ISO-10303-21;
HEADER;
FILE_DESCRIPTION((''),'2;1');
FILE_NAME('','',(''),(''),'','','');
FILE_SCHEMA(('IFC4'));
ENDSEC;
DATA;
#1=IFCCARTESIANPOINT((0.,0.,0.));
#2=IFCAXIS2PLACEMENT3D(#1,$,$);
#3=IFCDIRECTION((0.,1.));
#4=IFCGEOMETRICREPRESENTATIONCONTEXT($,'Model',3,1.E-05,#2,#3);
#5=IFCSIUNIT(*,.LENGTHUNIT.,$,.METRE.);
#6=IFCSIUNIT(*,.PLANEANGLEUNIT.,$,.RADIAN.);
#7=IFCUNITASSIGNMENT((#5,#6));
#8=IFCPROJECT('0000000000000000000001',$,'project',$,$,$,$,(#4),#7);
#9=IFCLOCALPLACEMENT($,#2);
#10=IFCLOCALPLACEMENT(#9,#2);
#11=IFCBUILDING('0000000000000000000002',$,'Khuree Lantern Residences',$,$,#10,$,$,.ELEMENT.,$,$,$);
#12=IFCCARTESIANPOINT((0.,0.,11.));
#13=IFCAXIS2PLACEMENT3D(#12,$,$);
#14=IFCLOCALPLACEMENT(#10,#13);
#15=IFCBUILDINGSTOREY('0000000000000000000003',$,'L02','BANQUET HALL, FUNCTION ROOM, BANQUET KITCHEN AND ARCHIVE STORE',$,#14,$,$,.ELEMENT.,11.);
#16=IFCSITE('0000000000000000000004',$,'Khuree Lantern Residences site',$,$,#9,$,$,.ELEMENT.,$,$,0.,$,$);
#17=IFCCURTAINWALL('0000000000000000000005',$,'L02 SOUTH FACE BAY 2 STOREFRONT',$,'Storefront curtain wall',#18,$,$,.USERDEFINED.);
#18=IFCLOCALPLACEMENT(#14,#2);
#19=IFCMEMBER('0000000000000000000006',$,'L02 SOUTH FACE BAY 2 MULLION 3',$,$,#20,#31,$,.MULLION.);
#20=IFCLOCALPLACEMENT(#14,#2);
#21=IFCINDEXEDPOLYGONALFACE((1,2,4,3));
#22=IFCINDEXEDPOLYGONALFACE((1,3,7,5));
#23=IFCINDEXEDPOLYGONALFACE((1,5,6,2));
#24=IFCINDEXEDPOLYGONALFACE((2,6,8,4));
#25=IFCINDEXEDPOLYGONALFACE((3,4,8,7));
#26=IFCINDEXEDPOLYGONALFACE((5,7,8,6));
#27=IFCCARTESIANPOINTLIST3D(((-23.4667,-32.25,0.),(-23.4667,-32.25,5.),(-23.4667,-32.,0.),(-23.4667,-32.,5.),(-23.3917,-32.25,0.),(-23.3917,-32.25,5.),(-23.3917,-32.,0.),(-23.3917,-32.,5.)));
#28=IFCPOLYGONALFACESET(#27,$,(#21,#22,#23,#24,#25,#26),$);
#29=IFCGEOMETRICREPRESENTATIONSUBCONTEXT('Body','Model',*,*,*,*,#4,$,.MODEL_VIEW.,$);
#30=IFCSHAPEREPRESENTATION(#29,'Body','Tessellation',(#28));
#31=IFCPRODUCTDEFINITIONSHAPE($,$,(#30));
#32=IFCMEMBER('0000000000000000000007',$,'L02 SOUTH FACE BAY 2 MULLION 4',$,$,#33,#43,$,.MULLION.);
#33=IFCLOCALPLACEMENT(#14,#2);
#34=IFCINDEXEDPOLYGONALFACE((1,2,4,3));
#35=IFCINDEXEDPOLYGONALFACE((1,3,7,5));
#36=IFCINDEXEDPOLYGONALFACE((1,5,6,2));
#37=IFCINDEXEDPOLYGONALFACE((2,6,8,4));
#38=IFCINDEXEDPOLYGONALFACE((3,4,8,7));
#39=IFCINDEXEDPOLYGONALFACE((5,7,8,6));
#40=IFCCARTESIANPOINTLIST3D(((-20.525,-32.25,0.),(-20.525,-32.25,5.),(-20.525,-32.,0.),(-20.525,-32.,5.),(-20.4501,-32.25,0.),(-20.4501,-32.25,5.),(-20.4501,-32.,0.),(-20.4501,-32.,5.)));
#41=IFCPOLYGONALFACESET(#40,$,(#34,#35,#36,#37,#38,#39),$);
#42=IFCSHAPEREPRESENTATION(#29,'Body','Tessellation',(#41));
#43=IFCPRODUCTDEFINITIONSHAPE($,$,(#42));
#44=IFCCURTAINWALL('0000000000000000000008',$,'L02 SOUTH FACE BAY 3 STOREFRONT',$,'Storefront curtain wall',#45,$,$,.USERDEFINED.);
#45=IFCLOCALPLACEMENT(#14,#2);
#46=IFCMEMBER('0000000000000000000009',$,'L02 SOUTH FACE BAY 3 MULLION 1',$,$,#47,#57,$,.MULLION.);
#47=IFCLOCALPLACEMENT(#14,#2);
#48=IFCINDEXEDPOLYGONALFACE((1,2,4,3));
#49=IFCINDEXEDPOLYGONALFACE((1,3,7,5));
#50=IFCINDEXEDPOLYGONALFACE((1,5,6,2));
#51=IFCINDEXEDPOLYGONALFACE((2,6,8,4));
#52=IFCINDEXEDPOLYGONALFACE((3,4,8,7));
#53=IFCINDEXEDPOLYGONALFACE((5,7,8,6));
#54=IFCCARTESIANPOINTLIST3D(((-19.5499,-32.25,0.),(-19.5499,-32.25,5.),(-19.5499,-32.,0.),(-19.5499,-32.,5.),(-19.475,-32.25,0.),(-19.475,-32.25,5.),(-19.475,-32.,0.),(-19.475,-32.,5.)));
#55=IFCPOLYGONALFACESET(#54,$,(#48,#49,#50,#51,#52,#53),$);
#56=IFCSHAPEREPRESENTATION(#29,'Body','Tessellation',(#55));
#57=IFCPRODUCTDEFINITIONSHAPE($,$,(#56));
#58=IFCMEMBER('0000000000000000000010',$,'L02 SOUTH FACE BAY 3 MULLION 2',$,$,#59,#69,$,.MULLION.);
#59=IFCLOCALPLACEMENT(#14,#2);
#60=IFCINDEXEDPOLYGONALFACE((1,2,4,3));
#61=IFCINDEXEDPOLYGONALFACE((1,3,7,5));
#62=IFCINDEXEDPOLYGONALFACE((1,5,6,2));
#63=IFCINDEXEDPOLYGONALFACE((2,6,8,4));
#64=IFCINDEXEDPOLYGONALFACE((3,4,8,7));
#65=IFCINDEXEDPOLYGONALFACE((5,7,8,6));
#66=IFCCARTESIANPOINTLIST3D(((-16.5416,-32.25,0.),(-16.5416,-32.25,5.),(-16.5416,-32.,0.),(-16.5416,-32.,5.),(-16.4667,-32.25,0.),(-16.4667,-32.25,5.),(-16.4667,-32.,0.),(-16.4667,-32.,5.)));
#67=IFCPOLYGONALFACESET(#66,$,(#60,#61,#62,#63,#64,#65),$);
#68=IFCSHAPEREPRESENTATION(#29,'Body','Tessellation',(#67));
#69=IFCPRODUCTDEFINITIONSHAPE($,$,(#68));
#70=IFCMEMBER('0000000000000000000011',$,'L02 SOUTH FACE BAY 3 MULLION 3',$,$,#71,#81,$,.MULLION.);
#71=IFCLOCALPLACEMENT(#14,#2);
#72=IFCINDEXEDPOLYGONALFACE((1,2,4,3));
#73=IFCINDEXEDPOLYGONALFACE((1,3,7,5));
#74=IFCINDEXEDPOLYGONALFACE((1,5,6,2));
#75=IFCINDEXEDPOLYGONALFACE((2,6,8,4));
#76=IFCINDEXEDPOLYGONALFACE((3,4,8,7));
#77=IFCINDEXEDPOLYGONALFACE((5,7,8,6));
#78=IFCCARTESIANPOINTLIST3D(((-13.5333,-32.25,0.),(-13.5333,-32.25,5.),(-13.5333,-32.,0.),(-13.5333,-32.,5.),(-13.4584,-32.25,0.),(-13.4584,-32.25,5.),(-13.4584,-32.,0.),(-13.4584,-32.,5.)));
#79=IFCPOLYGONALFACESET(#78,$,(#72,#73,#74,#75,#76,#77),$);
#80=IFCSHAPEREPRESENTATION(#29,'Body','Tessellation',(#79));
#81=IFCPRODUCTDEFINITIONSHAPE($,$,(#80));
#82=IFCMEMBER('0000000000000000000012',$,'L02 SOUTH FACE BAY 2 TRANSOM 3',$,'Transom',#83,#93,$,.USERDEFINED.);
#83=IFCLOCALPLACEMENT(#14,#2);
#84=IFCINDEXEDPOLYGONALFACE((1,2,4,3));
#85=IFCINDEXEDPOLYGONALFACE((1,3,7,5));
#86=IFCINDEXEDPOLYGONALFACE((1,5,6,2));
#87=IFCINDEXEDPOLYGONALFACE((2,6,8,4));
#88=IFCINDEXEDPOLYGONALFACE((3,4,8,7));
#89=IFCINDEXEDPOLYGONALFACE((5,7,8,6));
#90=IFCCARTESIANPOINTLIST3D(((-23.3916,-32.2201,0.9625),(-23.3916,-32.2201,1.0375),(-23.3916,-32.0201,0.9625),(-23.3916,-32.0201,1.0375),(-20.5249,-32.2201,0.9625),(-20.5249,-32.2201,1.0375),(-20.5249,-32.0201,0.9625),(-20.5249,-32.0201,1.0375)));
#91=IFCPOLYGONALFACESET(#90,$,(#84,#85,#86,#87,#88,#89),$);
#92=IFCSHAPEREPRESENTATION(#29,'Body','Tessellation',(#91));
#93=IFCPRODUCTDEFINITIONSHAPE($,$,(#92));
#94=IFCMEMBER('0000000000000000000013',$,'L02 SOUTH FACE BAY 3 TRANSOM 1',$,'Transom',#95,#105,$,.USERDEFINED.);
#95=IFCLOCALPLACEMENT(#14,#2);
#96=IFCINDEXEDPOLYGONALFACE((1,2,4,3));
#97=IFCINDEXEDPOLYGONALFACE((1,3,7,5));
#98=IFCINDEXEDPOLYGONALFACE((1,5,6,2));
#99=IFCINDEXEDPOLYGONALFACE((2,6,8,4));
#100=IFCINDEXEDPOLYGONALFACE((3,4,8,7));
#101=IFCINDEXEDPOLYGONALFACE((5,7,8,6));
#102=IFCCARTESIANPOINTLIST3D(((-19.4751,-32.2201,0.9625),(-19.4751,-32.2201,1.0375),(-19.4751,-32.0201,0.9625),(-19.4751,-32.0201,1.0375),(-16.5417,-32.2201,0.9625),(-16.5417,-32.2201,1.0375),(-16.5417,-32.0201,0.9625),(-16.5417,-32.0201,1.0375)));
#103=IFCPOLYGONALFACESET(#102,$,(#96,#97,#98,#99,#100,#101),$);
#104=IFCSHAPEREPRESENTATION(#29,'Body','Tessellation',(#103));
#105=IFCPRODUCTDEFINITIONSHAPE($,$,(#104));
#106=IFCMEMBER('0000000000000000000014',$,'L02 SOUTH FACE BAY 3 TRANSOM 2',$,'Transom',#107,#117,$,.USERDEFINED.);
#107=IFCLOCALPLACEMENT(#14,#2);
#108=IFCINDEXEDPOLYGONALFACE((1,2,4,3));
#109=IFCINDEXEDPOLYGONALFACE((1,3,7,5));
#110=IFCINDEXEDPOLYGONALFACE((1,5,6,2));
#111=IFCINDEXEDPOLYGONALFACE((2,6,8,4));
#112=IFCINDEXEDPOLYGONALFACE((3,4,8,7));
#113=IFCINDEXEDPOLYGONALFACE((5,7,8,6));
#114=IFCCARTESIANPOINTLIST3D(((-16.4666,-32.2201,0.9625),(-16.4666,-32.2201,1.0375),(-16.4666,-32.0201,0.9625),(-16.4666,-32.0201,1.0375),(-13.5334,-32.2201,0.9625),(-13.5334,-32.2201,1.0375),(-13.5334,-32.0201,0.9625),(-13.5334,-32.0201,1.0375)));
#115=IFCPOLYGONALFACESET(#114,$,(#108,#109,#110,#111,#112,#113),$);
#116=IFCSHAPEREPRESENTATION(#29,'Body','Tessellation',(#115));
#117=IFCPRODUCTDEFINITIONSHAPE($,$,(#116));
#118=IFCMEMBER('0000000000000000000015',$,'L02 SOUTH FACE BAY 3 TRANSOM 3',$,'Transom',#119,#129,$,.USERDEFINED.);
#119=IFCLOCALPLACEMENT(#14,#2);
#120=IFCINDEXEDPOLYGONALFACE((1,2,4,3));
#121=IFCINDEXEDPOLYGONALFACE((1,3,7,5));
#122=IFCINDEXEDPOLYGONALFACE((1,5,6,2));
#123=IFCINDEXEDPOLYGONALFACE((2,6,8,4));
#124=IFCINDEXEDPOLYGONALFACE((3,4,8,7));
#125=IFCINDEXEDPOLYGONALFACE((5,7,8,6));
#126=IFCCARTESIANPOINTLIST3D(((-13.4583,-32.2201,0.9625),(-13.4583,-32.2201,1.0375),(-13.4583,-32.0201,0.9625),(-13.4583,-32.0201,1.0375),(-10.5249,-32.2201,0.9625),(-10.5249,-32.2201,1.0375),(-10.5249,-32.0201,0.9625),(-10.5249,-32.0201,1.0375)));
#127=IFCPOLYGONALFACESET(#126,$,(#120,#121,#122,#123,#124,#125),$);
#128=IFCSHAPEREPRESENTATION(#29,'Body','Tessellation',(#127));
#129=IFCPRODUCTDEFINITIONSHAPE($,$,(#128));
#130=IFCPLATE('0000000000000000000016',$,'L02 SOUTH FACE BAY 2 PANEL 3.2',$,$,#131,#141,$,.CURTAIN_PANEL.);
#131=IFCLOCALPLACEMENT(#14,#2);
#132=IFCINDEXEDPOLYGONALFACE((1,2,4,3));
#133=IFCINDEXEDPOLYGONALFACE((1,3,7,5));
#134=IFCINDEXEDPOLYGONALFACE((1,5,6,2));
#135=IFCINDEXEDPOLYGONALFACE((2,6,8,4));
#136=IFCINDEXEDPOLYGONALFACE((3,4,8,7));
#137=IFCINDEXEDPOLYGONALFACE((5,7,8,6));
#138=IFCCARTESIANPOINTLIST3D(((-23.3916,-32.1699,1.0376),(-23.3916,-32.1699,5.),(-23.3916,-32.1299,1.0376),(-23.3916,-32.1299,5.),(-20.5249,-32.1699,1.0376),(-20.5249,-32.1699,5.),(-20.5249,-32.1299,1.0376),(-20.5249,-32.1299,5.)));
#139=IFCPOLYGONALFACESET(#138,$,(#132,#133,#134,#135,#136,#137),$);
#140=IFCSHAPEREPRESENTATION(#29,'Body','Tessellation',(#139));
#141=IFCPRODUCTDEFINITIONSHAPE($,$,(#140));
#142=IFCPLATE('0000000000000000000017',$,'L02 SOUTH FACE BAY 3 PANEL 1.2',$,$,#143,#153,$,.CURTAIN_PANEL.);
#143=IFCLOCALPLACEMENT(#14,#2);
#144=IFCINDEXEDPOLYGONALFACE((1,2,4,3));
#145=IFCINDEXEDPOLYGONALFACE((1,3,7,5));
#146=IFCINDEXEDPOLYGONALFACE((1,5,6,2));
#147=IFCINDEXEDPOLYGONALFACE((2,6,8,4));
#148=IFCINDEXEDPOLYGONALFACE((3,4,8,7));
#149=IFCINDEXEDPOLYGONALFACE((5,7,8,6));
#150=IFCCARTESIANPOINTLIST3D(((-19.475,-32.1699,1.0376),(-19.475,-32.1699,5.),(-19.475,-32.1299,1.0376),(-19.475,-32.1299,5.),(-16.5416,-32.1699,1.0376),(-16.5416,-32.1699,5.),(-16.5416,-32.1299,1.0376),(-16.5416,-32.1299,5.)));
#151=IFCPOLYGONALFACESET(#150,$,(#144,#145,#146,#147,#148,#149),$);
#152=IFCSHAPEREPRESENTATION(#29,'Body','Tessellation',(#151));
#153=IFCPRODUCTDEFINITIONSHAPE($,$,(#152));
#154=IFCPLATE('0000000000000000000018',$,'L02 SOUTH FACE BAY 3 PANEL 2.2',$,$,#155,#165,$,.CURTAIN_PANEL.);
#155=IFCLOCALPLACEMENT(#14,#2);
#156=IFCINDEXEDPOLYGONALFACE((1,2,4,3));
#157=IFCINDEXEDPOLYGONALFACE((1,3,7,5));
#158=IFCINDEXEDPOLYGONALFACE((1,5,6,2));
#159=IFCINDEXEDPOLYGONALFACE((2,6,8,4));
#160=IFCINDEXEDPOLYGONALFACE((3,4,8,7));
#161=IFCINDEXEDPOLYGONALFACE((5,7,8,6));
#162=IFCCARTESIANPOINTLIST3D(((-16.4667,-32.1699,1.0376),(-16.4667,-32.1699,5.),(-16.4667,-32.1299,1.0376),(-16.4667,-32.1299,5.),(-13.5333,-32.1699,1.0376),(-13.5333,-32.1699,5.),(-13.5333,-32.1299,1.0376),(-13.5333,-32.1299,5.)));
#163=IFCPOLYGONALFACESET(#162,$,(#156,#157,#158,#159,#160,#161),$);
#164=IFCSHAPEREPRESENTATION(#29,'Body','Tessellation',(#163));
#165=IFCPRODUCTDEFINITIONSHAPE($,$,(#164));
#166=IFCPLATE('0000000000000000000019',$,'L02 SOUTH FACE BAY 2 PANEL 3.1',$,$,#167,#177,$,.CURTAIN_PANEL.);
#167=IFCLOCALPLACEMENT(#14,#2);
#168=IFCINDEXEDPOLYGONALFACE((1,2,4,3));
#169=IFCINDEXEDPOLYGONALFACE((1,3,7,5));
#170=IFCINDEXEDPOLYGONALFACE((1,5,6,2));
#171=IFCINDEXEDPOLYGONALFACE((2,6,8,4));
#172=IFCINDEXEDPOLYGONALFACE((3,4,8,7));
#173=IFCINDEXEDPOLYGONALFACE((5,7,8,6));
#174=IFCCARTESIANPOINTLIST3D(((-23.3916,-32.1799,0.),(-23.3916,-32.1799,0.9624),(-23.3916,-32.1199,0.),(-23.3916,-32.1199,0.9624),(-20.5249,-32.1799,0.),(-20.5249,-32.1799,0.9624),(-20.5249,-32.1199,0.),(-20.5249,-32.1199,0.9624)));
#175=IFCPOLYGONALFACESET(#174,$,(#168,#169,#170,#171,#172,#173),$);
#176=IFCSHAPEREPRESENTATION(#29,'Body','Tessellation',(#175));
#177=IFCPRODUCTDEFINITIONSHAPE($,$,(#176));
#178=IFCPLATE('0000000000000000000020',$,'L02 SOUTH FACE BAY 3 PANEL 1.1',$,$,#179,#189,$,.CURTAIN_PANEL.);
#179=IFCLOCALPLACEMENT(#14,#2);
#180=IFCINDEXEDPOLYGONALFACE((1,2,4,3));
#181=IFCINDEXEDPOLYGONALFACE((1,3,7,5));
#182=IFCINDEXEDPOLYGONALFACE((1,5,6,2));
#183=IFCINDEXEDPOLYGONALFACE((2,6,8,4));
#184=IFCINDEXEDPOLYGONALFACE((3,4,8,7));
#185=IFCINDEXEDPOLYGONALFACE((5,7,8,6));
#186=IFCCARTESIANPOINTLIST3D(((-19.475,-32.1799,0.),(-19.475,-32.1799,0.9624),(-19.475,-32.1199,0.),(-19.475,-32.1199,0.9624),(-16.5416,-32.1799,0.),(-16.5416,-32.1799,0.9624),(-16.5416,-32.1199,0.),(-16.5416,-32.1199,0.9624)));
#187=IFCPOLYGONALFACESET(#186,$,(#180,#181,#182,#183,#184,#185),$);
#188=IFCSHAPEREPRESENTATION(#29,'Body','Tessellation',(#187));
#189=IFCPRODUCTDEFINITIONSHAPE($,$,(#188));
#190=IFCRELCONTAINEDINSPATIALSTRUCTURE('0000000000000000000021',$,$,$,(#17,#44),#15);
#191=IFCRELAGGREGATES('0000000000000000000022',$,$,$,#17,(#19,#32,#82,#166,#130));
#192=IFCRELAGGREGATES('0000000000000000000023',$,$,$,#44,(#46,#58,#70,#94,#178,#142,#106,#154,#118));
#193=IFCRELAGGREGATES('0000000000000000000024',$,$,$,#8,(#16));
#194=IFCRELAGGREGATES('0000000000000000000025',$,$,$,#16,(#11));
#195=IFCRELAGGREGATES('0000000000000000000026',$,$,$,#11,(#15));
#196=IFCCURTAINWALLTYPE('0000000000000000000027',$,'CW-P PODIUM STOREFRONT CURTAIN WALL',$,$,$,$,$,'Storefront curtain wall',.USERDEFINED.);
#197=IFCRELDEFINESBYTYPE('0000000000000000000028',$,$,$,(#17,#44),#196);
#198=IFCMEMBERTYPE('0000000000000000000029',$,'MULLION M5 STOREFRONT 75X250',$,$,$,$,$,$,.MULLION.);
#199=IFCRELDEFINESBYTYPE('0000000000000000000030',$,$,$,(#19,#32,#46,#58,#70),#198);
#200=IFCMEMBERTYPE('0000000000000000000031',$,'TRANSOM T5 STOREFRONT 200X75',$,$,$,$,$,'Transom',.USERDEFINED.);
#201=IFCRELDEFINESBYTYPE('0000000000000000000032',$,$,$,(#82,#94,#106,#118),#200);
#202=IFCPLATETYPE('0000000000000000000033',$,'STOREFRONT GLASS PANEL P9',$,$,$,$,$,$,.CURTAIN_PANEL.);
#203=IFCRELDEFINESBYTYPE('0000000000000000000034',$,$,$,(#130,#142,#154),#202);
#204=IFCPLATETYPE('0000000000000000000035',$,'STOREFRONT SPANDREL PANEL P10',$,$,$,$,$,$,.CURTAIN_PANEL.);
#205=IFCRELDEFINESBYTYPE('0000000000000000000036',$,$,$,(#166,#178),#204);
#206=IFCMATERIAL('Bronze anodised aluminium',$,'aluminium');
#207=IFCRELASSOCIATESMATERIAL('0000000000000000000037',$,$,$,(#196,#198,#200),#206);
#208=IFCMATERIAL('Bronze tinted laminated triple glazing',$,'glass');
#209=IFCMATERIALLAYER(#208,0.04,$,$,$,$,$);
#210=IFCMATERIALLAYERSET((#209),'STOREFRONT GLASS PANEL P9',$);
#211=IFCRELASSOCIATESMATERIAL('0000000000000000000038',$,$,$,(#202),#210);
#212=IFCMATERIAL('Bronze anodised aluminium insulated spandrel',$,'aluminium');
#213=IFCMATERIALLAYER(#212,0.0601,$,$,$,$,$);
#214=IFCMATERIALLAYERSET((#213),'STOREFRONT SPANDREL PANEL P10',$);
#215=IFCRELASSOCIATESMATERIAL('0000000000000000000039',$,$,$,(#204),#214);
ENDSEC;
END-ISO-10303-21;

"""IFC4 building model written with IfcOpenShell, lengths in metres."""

from ifc_helpers import new_model, si_unit, direction, frame, origin, origin_2d, place, context, subcontext, project, spatial, rectangle, extrude, material, layer, layer_set, material_profile, profile_set, type_object, element, aggregate, save


model = new_model("IFC4")

# Units and contexts
model_context = context("Model", 3, precision=1e-05, world=origin(), true_north=direction((0.0, 1.0)))
body_context = subcontext(model_context, "Body", "Model", "MODEL_VIEW")
ifc_project = project(units=[si_unit("LENGTHUNIT", "METRE"), si_unit("PLANEANGLEUNIT", "RADIAN")], contexts=[model_context])

# Site, building, storey
site_placement = place(None, origin())
site = spatial("IfcSite", under=ifc_project, at=site_placement, Name="Khuree Lantern Residences site", CompositionType="ELEMENT", RefElevation=0.0)
building_placement = place(site_placement, origin())
building = spatial("IfcBuilding", under=site, at=building_placement, Name="Khuree Lantern Residences", CompositionType="ELEMENT")
storey_placement = place(building_placement, frame((0.0, 0.0, 11.0)))
storey = spatial("IfcBuildingStorey", under=building, at=storey_placement, Name="L02", Description="BANQUET HALL, FUNCTION ROOM, BANQUET KITCHEN AND ARCHIVE STORE", CompositionType="ELEMENT", Elevation=11.0)

# Curtain walls, members
ifc_material_1 = material(Name="Bronze anodised aluminium", Category="aluminium")
curtain_wall_type = type_object("IfcCurtainWallType", Name="CW-P PODIUM STOREFRONT CURTAIN WALL", ElementType="Storefront curtain wall", PredefinedType="USERDEFINED", material=ifc_material_1)
curtain_wall_1_placement = place(storey_placement, origin())
curtain_wall_1 = element("IfcCurtainWall", 1, at=curtain_wall_1_placement, inside=storey, type_object=curtain_wall_type, Name="L02 SOUTH FACE BAY 2 STOREFRONT", ObjectType="Storefront curtain wall", PredefinedType="USERDEFINED")
ifc_material_profile_1 = material_profile(ifc_material_1, rectangle(XDim=0.075, YDim=0.25, at=origin_2d()), Name="M5 75X250")
ifc_profile_set_1 = profile_set([ifc_material_profile_1], Name="Bronze anodised aluminium")
member_type_1 = type_object("IfcMemberType", Name="MULLION M5 STOREFRONT 75X250", PredefinedType="MULLION", material=ifc_profile_set_1)
member_1_placement = place(storey_placement, frame((-23.4292, -32.125, 0.0), z_axis=(0.0, 0.0, 1.0), x_axis=(1.0, 0.0, 0.0)))
member_1 = element("IfcMember", 2, at=member_1_placement, type_object=member_type_1, Name="L02 SOUTH FACE BAY 2 MULLION 3", PredefinedType="MULLION", context=body_context, shape_type="SweptSolid", body=[
    extrude(rectangle(XDim=0.075, YDim=0.25, at=origin_2d()), origin(), (0.0, 0.0, 1.0), 5.0),
])
member_2_placement = place(storey_placement, frame((-20.4875, -32.125, 0.0), z_axis=(0.0, 0.0, 1.0), x_axis=(1.0, 0.0, 0.0)))
member_2 = element("IfcMember", 3, at=member_2_placement, type_object=member_type_1, Name="L02 SOUTH FACE BAY 2 MULLION 4", PredefinedType="MULLION", context=body_context, shape_type="SweptSolid", body=[
    extrude(rectangle(XDim=0.075, YDim=0.25, at=origin_2d()), origin(), (0.0, 0.0, 1.0), 5.0),
])
curtain_wall_2_placement = place(storey_placement, origin())
curtain_wall_2 = element("IfcCurtainWall", 4, at=curtain_wall_2_placement, inside=storey, type_object=curtain_wall_type, Name="L02 SOUTH FACE BAY 3 STOREFRONT", ObjectType="Storefront curtain wall", PredefinedType="USERDEFINED")
member_3_placement = place(storey_placement, frame((-19.5125, -32.125, 0.0), z_axis=(0.0, 0.0, 1.0), x_axis=(1.0, 0.0, 0.0)))
member_3 = element("IfcMember", 5, at=member_3_placement, type_object=member_type_1, Name="L02 SOUTH FACE BAY 3 MULLION 1", PredefinedType="MULLION", context=body_context, shape_type="SweptSolid", body=[
    extrude(rectangle(XDim=0.075, YDim=0.25, at=origin_2d()), origin(), (0.0, 0.0, 1.0), 5.0),
])
member_4_placement = place(storey_placement, frame((-16.5042, -32.125, 0.0), z_axis=(0.0, 0.0, 1.0), x_axis=(1.0, 0.0, 0.0)))
member_4 = element("IfcMember", 6, at=member_4_placement, type_object=member_type_1, Name="L02 SOUTH FACE BAY 3 MULLION 2", PredefinedType="MULLION", context=body_context, shape_type="SweptSolid", body=[
    extrude(rectangle(XDim=0.075, YDim=0.25, at=origin_2d()), origin(), (0.0, 0.0, 1.0), 5.0),
])
member_5_placement = place(storey_placement, frame((-13.4958, -32.125, 0.0), z_axis=(0.0, 0.0, 1.0), x_axis=(1.0, 0.0, 0.0)))
member_5 = element("IfcMember", 7, at=member_5_placement, type_object=member_type_1, Name="L02 SOUTH FACE BAY 3 MULLION 3", PredefinedType="MULLION", context=body_context, shape_type="SweptSolid", body=[
    extrude(rectangle(XDim=0.075, YDim=0.25, at=origin_2d()), origin(), (0.0, 0.0, 1.0), 5.0),
])

# Members
ifc_material_profile_2 = material_profile(ifc_material_1, rectangle(XDim=0.2, YDim=0.075, at=origin_2d()), Name="T5 200X75")
ifc_profile_set_2 = profile_set([ifc_material_profile_2], Name="Bronze anodised aluminium")
member_type_2 = type_object("IfcMemberType", Name="TRANSOM T5 STOREFRONT 200X75", ElementType="Transom", PredefinedType="USERDEFINED", material=ifc_profile_set_2)
member_6_placement = place(storey_placement, frame((-23.3916, -32.1201, 1.0), z_axis=(1.0, 0.0, 0.0), x_axis=(0.0, 1.0, 0.0)))
member_6 = element("IfcMember", 8, at=member_6_placement, type_object=member_type_2, Name="L02 SOUTH FACE BAY 2 TRANSOM 3", ObjectType="Transom", PredefinedType="USERDEFINED", context=body_context, shape_type="SweptSolid", body=[
    extrude(rectangle(XDim=0.2, YDim=0.075, at=origin_2d()), origin(), (0.0, 0.0, 1.0), 2.8667),
])
member_7_placement = place(storey_placement, frame((-19.4751, -32.1201, 1.0), z_axis=(1.0, 0.0, 0.0), x_axis=(0.0, 1.0, 0.0)))
member_7 = element("IfcMember", 9, at=member_7_placement, type_object=member_type_2, Name="L02 SOUTH FACE BAY 3 TRANSOM 1", ObjectType="Transom", PredefinedType="USERDEFINED", context=body_context, shape_type="SweptSolid", body=[
    extrude(rectangle(XDim=0.2, YDim=0.075, at=origin_2d()), origin(), (0.0, 0.0, 1.0), 2.9333),
])
member_8_placement = place(storey_placement, frame((-16.4666, -32.1201, 1.0), z_axis=(1.0, 0.0, 0.0), x_axis=(0.0, 1.0, 0.0)))
member_8 = element("IfcMember", 10, at=member_8_placement, type_object=member_type_2, Name="L02 SOUTH FACE BAY 3 TRANSOM 2", ObjectType="Transom", PredefinedType="USERDEFINED", context=body_context, shape_type="SweptSolid", body=[
    extrude(rectangle(XDim=0.2, YDim=0.075, at=origin_2d()), origin(), (0.0, 0.0, 1.0), 2.9331),
])
member_9_placement = place(storey_placement, frame((-13.4583, -32.1201, 1.0), z_axis=(1.0, 0.0, 0.0), x_axis=(0.0, 1.0, 0.0)))
member_9 = element("IfcMember", 11, at=member_9_placement, type_object=member_type_2, Name="L02 SOUTH FACE BAY 3 TRANSOM 3", ObjectType="Transom", PredefinedType="USERDEFINED", context=body_context, shape_type="SweptSolid", body=[
    extrude(rectangle(XDim=0.2, YDim=0.075, at=origin_2d()), origin(), (0.0, 0.0, 1.0), 2.9333),
])

# Plates
ifc_material_2 = material(Name="Bronze tinted laminated triple glazing", Category="glass")
ifc_layer_1 = layer(ifc_material_2, 0.04)
ifc_layer_set_1 = layer_set([ifc_layer_1], Name="STOREFRONT GLASS PANEL P9")
plate_type_1 = type_object("IfcPlateType", Name="STOREFRONT GLASS PANEL P9", PredefinedType="CURTAIN_PANEL", material=ifc_layer_set_1)
plate_1_placement = place(storey_placement, frame((-21.9583, -32.1499, 1.0376), z_axis=(0.0, 0.0, 1.0), x_axis=(1.0, 0.0, 0.0)))
plate_1 = element("IfcPlate", 12, at=plate_1_placement, type_object=plate_type_1, Name="L02 SOUTH FACE BAY 2 PANEL 3.2", PredefinedType="CURTAIN_PANEL", context=body_context, shape_type="SweptSolid", body=[
    extrude(rectangle(XDim=2.8667, YDim=0.04, at=origin_2d()), origin(), (0.0, 0.0, 1.0), 3.9624),
])
plate_2_placement = place(storey_placement, frame((-18.0083, -32.1499, 1.0376), z_axis=(0.0, 0.0, 1.0), x_axis=(1.0, 0.0, 0.0)))
plate_2 = element("IfcPlate", 13, at=plate_2_placement, type_object=plate_type_1, Name="L02 SOUTH FACE BAY 3 PANEL 1.2", PredefinedType="CURTAIN_PANEL", context=body_context, shape_type="SweptSolid", body=[
    extrude(rectangle(XDim=2.9333, YDim=0.04, at=origin_2d()), origin(), (0.0, 0.0, 1.0), 3.9624),
])
plate_3_placement = place(storey_placement, frame((-15.0, -32.1499, 1.0376), z_axis=(0.0, 0.0, 1.0), x_axis=(1.0, 0.0, 0.0)))
plate_3 = element("IfcPlate", 14, at=plate_3_placement, type_object=plate_type_1, Name="L02 SOUTH FACE BAY 3 PANEL 2.2", PredefinedType="CURTAIN_PANEL", context=body_context, shape_type="SweptSolid", body=[
    extrude(rectangle(XDim=2.9333, YDim=0.04, at=origin_2d()), origin(), (0.0, 0.0, 1.0), 3.9624),
])
ifc_material_3 = material(Name="Bronze anodised aluminium insulated spandrel", Category="aluminium")
ifc_layer_2 = layer(ifc_material_3, 0.0601)
ifc_layer_set_2 = layer_set([ifc_layer_2], Name="STOREFRONT SPANDREL PANEL P10")
plate_type_2 = type_object("IfcPlateType", Name="STOREFRONT SPANDREL PANEL P10", PredefinedType="CURTAIN_PANEL", material=ifc_layer_set_2)
plate_4_placement = place(storey_placement, frame((-21.9583, -32.1499, 0.0), z_axis=(0.0, 0.0, 1.0), x_axis=(1.0, 0.0, 0.0)))
plate_4 = element("IfcPlate", 15, at=plate_4_placement, type_object=plate_type_2, Name="L02 SOUTH FACE BAY 2 PANEL 3.1", PredefinedType="CURTAIN_PANEL", context=body_context, shape_type="SweptSolid", body=[
    extrude(rectangle(XDim=2.8667, YDim=0.0601, at=origin_2d()), origin(), (0.0, 0.0, 1.0), 0.9624),
])
aggregate(curtain_wall_1, [member_1, member_2, member_6, plate_4, plate_1])
plate_5_placement = place(storey_placement, frame((-18.0083, -32.1499, 0.0), z_axis=(0.0, 0.0, 1.0), x_axis=(1.0, 0.0, 0.0)))
plate_5 = element("IfcPlate", 16, at=plate_5_placement, type_object=plate_type_2, Name="L02 SOUTH FACE BAY 3 PANEL 1.1", PredefinedType="CURTAIN_PANEL", context=body_context, shape_type="SweptSolid", body=[
    extrude(rectangle(XDim=2.9333, YDim=0.0601, at=origin_2d()), origin(), (0.0, 0.0, 1.0), 0.9624),
])
aggregate(curtain_wall_2, [member_3, member_4, member_5, member_7, plate_5, plate_2, member_8, plate_3, member_9])

save(model, "model.ifc")
